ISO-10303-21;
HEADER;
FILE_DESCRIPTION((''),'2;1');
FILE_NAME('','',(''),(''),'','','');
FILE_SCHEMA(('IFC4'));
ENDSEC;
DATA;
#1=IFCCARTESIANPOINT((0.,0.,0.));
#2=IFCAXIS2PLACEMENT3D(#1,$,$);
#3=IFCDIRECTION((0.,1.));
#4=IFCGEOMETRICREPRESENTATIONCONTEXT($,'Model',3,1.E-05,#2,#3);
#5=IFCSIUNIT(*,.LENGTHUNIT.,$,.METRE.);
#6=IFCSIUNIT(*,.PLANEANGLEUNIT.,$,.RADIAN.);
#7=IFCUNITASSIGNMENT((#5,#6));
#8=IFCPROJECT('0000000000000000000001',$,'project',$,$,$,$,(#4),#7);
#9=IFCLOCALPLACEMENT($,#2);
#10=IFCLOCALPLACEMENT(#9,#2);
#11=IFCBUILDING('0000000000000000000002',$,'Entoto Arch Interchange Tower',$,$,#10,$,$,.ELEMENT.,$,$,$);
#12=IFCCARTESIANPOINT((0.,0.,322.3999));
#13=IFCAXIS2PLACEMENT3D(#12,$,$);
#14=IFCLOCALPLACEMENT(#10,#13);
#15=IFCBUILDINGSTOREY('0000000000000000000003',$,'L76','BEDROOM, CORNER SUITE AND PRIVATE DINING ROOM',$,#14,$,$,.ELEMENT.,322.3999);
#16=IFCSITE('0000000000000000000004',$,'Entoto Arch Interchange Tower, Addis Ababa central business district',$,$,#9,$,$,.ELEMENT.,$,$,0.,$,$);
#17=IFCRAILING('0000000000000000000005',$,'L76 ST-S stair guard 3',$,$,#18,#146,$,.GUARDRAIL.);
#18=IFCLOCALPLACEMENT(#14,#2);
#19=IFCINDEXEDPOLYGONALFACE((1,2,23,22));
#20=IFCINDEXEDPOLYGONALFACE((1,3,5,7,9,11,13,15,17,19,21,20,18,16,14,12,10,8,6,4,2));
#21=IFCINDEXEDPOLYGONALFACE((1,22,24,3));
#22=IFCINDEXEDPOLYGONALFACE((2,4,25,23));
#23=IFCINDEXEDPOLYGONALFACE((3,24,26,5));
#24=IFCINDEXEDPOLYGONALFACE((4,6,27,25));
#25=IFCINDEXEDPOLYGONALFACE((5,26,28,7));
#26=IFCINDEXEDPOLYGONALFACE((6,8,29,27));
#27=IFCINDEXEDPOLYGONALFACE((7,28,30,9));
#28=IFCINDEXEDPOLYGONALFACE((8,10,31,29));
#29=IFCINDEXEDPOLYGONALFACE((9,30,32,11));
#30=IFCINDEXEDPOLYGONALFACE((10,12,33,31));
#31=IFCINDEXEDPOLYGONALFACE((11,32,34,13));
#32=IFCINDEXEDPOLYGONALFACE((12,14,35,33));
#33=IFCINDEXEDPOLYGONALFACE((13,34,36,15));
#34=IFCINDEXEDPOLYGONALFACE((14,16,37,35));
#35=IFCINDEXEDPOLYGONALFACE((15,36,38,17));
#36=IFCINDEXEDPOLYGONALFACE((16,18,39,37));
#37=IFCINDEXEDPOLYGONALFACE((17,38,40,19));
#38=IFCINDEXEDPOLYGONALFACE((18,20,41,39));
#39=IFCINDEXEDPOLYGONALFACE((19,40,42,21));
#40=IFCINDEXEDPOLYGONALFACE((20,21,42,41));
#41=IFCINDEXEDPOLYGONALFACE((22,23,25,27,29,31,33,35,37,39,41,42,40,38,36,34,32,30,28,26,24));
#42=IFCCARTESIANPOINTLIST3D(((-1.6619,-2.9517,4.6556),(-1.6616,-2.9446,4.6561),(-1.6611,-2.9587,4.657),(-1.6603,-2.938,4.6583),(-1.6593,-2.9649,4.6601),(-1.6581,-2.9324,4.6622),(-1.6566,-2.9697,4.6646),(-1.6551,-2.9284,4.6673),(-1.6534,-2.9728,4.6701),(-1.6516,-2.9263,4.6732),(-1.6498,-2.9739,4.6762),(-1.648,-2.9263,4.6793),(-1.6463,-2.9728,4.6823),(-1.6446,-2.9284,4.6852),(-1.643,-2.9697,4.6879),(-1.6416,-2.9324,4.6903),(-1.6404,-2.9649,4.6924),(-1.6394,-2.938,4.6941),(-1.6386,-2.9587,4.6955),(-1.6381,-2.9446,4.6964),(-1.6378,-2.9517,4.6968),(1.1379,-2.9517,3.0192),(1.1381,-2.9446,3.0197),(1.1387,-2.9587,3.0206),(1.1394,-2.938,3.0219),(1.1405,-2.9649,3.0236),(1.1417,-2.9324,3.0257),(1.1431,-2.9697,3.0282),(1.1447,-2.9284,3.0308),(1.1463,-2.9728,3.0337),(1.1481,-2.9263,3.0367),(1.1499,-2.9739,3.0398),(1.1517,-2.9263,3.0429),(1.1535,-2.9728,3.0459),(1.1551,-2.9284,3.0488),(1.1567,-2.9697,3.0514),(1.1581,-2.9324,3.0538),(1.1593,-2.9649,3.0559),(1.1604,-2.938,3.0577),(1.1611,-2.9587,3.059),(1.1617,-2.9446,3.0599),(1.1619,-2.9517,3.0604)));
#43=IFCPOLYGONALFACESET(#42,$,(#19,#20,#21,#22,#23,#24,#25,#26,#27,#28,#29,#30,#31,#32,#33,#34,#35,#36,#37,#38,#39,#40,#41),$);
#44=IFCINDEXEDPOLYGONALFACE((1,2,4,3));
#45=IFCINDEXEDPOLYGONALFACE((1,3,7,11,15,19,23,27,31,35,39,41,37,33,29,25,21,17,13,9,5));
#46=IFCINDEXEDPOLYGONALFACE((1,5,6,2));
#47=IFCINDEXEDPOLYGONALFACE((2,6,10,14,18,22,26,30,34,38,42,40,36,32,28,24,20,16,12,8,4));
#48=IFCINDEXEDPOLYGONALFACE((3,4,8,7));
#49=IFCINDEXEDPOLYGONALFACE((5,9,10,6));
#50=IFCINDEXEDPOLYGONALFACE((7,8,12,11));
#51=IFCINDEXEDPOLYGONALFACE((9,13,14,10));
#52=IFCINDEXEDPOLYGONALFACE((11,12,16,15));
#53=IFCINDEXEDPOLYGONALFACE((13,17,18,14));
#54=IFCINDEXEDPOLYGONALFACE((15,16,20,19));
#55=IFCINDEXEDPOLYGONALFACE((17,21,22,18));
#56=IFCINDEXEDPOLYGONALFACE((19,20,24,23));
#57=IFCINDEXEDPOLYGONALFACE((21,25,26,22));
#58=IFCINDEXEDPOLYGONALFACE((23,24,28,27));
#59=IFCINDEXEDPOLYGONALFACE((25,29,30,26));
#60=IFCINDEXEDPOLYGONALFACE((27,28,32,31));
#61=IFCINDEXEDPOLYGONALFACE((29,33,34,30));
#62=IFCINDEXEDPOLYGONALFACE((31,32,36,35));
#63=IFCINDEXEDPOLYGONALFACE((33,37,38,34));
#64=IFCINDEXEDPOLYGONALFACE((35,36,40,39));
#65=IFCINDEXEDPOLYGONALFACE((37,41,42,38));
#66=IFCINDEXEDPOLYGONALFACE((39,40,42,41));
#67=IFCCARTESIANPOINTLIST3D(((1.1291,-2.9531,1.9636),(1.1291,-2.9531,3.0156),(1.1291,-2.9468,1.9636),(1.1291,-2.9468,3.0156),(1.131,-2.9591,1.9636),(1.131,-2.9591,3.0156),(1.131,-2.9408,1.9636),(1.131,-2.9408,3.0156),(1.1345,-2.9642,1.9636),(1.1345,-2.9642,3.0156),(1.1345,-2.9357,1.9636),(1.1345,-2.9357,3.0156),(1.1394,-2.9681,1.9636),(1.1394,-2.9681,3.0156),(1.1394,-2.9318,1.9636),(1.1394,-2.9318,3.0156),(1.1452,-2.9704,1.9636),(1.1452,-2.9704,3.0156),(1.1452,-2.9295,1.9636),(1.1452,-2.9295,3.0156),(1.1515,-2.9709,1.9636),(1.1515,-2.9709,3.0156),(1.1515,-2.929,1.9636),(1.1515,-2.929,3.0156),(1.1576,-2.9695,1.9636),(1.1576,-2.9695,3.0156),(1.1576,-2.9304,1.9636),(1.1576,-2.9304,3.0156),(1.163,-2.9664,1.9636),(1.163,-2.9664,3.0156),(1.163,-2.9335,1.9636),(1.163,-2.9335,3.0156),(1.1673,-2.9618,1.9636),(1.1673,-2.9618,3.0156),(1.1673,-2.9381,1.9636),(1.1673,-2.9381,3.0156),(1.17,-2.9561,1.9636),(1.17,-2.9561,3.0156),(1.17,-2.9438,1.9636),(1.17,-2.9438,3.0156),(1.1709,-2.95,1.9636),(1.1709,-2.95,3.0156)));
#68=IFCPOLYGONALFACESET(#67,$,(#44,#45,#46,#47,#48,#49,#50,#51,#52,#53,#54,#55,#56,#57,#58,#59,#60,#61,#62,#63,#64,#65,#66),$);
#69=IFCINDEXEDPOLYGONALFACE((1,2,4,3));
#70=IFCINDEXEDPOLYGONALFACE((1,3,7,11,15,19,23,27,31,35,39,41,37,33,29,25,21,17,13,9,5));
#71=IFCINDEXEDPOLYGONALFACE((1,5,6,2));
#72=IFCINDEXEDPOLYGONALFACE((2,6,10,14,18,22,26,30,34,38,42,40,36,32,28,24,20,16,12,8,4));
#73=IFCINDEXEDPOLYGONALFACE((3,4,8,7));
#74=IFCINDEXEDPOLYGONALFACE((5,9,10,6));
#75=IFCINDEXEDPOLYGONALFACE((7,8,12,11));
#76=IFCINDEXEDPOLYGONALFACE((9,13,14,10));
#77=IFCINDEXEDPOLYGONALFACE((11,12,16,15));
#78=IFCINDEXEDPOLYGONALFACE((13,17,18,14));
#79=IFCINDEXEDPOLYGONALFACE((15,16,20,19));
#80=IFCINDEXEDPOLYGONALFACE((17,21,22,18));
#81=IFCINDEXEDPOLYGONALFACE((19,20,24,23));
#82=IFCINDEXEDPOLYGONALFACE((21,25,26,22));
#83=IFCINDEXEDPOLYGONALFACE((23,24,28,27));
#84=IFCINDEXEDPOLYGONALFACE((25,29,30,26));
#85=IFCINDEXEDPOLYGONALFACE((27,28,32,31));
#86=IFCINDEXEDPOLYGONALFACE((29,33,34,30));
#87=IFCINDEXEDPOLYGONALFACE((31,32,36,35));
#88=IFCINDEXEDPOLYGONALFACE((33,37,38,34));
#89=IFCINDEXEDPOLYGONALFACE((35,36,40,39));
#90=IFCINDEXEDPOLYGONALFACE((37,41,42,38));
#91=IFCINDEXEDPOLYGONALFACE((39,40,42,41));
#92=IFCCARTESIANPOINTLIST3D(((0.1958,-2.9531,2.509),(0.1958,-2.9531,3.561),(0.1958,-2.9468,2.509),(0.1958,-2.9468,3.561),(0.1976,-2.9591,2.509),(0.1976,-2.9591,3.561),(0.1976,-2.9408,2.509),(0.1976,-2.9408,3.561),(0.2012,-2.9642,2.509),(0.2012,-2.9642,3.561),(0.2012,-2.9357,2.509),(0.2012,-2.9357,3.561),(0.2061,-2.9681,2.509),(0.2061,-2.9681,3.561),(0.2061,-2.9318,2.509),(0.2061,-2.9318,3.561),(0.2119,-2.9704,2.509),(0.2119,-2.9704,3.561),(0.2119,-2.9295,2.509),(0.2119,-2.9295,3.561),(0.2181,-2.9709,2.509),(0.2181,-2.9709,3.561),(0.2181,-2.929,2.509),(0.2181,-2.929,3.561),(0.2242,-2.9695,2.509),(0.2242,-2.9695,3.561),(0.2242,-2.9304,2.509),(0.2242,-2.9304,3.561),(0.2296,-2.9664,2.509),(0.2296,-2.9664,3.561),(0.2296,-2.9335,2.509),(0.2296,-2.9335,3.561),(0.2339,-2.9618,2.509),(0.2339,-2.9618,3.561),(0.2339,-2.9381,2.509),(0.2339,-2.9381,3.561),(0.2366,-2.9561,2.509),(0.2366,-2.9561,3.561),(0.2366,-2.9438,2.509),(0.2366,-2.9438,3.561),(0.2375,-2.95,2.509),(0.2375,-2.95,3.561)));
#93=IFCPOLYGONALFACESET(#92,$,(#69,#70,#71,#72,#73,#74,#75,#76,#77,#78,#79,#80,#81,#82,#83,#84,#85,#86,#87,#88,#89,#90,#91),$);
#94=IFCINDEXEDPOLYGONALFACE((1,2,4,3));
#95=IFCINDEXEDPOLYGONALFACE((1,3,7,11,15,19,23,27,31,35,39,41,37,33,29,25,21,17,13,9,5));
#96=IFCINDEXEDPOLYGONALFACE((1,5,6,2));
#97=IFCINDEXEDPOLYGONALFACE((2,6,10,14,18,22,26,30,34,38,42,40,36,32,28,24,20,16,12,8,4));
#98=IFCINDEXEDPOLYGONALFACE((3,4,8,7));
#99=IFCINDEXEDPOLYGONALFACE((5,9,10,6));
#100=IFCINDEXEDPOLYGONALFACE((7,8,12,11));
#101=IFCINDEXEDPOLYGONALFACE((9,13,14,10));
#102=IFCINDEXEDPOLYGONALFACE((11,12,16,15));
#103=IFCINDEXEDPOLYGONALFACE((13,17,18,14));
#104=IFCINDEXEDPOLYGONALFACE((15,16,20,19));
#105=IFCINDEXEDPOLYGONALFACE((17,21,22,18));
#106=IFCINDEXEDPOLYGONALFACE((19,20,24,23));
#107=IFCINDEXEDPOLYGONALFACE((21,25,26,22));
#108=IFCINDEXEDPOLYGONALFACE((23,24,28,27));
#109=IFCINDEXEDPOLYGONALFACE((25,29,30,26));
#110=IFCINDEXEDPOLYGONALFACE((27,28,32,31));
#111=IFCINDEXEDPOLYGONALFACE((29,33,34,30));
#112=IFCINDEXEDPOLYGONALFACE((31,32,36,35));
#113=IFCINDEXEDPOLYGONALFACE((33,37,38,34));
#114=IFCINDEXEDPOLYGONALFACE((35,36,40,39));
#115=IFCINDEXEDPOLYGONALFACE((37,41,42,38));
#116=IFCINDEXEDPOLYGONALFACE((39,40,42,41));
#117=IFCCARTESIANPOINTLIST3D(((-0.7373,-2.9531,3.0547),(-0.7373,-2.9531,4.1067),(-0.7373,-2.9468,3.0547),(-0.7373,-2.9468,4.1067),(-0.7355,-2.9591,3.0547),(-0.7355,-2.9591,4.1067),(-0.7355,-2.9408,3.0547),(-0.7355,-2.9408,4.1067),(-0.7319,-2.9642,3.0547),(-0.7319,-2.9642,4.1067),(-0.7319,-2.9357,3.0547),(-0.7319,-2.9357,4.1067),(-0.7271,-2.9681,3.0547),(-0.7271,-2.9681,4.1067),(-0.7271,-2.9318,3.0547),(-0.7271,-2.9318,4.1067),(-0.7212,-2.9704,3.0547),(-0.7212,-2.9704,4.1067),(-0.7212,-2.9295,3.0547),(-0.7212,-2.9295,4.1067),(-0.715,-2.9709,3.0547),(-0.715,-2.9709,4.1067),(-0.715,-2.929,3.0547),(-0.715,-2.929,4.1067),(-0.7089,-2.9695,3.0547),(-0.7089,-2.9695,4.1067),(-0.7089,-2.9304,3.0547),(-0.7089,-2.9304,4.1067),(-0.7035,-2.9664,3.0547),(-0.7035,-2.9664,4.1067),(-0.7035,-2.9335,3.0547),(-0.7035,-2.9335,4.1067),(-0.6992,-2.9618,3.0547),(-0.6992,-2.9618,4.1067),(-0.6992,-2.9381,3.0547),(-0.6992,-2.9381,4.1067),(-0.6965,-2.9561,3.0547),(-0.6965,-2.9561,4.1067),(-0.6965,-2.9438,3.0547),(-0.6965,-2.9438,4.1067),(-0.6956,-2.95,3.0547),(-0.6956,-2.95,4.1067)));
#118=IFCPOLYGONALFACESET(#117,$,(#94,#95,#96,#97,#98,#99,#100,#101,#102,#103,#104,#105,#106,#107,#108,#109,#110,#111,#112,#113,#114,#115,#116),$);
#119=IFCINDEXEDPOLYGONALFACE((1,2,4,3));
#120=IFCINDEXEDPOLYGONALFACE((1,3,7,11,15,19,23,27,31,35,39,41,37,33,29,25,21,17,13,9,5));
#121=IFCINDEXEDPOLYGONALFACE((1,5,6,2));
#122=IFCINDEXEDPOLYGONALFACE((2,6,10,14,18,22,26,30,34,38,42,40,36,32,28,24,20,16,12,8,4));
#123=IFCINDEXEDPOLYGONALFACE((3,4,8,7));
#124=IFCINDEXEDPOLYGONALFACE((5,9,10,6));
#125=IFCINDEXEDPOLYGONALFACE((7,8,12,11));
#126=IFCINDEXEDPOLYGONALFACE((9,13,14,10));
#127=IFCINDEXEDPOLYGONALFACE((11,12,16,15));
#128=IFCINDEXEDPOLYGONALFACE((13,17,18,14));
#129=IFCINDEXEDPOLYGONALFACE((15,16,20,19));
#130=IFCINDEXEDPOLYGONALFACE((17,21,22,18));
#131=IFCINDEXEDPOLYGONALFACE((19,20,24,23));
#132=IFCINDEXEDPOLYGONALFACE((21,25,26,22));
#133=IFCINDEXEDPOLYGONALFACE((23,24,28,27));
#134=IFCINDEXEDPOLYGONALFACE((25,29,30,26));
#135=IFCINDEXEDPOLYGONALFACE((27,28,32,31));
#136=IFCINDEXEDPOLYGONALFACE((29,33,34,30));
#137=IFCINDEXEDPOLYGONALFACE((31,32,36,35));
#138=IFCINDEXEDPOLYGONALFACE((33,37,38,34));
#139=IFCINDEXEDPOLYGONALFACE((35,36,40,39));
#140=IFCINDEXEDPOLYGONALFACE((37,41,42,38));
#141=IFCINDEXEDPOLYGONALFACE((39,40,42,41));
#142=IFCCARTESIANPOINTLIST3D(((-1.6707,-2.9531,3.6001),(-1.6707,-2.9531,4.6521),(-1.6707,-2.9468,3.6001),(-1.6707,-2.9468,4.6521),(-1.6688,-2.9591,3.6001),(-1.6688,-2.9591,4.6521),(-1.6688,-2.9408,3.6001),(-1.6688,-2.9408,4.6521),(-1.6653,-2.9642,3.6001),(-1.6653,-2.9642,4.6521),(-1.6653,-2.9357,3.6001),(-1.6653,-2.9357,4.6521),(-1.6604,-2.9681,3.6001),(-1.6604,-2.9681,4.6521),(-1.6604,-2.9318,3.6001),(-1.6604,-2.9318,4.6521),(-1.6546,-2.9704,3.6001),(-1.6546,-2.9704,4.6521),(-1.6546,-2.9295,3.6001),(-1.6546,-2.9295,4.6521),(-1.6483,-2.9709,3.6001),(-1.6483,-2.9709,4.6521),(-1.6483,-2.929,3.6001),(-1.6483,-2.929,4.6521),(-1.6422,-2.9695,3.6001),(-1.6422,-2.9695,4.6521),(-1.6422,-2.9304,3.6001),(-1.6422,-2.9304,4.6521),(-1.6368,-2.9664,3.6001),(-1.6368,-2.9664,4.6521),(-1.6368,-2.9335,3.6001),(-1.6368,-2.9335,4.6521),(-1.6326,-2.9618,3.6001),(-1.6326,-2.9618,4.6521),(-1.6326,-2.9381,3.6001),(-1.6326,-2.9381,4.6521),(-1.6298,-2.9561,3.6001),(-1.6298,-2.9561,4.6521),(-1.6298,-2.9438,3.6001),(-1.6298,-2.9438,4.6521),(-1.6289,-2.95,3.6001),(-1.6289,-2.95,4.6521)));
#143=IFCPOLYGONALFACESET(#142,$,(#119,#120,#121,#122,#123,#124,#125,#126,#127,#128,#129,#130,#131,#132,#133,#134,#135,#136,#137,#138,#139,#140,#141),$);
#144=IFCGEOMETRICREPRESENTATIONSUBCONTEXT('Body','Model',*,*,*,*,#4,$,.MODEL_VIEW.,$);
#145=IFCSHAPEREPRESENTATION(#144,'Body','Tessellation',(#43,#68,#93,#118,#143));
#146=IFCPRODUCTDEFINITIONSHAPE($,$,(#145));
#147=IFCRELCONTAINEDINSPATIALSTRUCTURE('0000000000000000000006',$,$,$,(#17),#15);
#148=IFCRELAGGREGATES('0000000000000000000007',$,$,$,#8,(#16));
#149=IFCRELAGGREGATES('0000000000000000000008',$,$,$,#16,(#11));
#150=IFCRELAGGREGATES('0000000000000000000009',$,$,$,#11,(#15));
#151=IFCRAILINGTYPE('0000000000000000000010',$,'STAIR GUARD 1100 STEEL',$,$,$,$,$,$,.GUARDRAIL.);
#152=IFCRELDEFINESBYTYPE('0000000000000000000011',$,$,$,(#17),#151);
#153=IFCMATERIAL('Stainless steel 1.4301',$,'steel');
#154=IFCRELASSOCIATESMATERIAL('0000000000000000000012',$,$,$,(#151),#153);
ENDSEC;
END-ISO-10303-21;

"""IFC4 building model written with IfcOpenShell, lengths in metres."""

from ifc_helpers import new_model, si_unit, direction, frame, origin, origin_2d, place, context, subcontext, project, spatial, circle, extrude, material, type_object, element, save


model = new_model("IFC4")

# Units and contexts
model_context = context("Model", 3, precision=1e-05, world=origin(), true_north=direction((0.0, 1.0)))
body_context = subcontext(model_context, "Body", "Model", "MODEL_VIEW")
ifc_project = project(units=[si_unit("LENGTHUNIT", "METRE"), si_unit("PLANEANGLEUNIT", "RADIAN")], contexts=[model_context])

# Site, building, storey
site_placement = place(None, origin())
site = spatial("IfcSite", under=ifc_project, at=site_placement, Name="Entoto Arch Interchange Tower, Addis Ababa central business district", CompositionType="ELEMENT", RefElevation=0.0)
building_placement = place(site_placement, origin())
building = spatial("IfcBuilding", under=site, at=building_placement, Name="Entoto Arch Interchange Tower", CompositionType="ELEMENT")
storey_placement = place(building_placement, frame((0.0, 0.0, 322.3999)))
storey = spatial("IfcBuildingStorey", under=building, at=storey_placement, Name="L76", Description="BEDROOM, CORNER SUITE AND PRIVATE DINING ROOM", CompositionType="ELEMENT", Elevation=322.3999)

# Railing
ifc_material_1 = material(Name="Stainless steel 1.4301", Category="steel")
railing_type_1 = type_object("IfcRailingType", Name="STAIR GUARD 1100 STEEL", PredefinedType="GUARDRAIL", material=ifc_material_1)
railing_1_placement = place(storey_placement, frame((1.1499, -2.95, 1.9636)))
element("IfcRailing", 1, at=railing_1_placement, inside=storey, type_object=railing_type_1, Name="L76 ST-S stair guard 3", PredefinedType="GUARDRAIL", context=body_context, shape_type="SweptSolid", body=[
    extrude(circle(Radius=0.0239, at=origin_2d()), frame((0.0, 0.0, 1.0762), z_axis=(-0.863342, 0.0, 0.50462), x_axis=(0.0, -1.0, 0.0)), (0.0, 0.0, 1.0), 3.2429),
    extrude(circle(Radius=0.021, at=origin_2d()), origin(), (0.0, 0.0, 1.0), 1.052),
    extrude(circle(Radius=0.021, at=origin_2d()), frame((-0.9333, 0.0, 0.5454)), (0.0, 0.0, 1.0), 1.052),
    extrude(circle(Radius=0.021, at=origin_2d()), frame((-1.8665, 0.0, 1.0911)), (0.0, 0.0, 1.0), 1.052),
    extrude(circle(Radius=0.021, at=origin_2d()), frame((-2.7998, 0.0, 1.6365)), (0.0, 0.0, 1.0), 1.052),
])

save(model, "model.ifc")
